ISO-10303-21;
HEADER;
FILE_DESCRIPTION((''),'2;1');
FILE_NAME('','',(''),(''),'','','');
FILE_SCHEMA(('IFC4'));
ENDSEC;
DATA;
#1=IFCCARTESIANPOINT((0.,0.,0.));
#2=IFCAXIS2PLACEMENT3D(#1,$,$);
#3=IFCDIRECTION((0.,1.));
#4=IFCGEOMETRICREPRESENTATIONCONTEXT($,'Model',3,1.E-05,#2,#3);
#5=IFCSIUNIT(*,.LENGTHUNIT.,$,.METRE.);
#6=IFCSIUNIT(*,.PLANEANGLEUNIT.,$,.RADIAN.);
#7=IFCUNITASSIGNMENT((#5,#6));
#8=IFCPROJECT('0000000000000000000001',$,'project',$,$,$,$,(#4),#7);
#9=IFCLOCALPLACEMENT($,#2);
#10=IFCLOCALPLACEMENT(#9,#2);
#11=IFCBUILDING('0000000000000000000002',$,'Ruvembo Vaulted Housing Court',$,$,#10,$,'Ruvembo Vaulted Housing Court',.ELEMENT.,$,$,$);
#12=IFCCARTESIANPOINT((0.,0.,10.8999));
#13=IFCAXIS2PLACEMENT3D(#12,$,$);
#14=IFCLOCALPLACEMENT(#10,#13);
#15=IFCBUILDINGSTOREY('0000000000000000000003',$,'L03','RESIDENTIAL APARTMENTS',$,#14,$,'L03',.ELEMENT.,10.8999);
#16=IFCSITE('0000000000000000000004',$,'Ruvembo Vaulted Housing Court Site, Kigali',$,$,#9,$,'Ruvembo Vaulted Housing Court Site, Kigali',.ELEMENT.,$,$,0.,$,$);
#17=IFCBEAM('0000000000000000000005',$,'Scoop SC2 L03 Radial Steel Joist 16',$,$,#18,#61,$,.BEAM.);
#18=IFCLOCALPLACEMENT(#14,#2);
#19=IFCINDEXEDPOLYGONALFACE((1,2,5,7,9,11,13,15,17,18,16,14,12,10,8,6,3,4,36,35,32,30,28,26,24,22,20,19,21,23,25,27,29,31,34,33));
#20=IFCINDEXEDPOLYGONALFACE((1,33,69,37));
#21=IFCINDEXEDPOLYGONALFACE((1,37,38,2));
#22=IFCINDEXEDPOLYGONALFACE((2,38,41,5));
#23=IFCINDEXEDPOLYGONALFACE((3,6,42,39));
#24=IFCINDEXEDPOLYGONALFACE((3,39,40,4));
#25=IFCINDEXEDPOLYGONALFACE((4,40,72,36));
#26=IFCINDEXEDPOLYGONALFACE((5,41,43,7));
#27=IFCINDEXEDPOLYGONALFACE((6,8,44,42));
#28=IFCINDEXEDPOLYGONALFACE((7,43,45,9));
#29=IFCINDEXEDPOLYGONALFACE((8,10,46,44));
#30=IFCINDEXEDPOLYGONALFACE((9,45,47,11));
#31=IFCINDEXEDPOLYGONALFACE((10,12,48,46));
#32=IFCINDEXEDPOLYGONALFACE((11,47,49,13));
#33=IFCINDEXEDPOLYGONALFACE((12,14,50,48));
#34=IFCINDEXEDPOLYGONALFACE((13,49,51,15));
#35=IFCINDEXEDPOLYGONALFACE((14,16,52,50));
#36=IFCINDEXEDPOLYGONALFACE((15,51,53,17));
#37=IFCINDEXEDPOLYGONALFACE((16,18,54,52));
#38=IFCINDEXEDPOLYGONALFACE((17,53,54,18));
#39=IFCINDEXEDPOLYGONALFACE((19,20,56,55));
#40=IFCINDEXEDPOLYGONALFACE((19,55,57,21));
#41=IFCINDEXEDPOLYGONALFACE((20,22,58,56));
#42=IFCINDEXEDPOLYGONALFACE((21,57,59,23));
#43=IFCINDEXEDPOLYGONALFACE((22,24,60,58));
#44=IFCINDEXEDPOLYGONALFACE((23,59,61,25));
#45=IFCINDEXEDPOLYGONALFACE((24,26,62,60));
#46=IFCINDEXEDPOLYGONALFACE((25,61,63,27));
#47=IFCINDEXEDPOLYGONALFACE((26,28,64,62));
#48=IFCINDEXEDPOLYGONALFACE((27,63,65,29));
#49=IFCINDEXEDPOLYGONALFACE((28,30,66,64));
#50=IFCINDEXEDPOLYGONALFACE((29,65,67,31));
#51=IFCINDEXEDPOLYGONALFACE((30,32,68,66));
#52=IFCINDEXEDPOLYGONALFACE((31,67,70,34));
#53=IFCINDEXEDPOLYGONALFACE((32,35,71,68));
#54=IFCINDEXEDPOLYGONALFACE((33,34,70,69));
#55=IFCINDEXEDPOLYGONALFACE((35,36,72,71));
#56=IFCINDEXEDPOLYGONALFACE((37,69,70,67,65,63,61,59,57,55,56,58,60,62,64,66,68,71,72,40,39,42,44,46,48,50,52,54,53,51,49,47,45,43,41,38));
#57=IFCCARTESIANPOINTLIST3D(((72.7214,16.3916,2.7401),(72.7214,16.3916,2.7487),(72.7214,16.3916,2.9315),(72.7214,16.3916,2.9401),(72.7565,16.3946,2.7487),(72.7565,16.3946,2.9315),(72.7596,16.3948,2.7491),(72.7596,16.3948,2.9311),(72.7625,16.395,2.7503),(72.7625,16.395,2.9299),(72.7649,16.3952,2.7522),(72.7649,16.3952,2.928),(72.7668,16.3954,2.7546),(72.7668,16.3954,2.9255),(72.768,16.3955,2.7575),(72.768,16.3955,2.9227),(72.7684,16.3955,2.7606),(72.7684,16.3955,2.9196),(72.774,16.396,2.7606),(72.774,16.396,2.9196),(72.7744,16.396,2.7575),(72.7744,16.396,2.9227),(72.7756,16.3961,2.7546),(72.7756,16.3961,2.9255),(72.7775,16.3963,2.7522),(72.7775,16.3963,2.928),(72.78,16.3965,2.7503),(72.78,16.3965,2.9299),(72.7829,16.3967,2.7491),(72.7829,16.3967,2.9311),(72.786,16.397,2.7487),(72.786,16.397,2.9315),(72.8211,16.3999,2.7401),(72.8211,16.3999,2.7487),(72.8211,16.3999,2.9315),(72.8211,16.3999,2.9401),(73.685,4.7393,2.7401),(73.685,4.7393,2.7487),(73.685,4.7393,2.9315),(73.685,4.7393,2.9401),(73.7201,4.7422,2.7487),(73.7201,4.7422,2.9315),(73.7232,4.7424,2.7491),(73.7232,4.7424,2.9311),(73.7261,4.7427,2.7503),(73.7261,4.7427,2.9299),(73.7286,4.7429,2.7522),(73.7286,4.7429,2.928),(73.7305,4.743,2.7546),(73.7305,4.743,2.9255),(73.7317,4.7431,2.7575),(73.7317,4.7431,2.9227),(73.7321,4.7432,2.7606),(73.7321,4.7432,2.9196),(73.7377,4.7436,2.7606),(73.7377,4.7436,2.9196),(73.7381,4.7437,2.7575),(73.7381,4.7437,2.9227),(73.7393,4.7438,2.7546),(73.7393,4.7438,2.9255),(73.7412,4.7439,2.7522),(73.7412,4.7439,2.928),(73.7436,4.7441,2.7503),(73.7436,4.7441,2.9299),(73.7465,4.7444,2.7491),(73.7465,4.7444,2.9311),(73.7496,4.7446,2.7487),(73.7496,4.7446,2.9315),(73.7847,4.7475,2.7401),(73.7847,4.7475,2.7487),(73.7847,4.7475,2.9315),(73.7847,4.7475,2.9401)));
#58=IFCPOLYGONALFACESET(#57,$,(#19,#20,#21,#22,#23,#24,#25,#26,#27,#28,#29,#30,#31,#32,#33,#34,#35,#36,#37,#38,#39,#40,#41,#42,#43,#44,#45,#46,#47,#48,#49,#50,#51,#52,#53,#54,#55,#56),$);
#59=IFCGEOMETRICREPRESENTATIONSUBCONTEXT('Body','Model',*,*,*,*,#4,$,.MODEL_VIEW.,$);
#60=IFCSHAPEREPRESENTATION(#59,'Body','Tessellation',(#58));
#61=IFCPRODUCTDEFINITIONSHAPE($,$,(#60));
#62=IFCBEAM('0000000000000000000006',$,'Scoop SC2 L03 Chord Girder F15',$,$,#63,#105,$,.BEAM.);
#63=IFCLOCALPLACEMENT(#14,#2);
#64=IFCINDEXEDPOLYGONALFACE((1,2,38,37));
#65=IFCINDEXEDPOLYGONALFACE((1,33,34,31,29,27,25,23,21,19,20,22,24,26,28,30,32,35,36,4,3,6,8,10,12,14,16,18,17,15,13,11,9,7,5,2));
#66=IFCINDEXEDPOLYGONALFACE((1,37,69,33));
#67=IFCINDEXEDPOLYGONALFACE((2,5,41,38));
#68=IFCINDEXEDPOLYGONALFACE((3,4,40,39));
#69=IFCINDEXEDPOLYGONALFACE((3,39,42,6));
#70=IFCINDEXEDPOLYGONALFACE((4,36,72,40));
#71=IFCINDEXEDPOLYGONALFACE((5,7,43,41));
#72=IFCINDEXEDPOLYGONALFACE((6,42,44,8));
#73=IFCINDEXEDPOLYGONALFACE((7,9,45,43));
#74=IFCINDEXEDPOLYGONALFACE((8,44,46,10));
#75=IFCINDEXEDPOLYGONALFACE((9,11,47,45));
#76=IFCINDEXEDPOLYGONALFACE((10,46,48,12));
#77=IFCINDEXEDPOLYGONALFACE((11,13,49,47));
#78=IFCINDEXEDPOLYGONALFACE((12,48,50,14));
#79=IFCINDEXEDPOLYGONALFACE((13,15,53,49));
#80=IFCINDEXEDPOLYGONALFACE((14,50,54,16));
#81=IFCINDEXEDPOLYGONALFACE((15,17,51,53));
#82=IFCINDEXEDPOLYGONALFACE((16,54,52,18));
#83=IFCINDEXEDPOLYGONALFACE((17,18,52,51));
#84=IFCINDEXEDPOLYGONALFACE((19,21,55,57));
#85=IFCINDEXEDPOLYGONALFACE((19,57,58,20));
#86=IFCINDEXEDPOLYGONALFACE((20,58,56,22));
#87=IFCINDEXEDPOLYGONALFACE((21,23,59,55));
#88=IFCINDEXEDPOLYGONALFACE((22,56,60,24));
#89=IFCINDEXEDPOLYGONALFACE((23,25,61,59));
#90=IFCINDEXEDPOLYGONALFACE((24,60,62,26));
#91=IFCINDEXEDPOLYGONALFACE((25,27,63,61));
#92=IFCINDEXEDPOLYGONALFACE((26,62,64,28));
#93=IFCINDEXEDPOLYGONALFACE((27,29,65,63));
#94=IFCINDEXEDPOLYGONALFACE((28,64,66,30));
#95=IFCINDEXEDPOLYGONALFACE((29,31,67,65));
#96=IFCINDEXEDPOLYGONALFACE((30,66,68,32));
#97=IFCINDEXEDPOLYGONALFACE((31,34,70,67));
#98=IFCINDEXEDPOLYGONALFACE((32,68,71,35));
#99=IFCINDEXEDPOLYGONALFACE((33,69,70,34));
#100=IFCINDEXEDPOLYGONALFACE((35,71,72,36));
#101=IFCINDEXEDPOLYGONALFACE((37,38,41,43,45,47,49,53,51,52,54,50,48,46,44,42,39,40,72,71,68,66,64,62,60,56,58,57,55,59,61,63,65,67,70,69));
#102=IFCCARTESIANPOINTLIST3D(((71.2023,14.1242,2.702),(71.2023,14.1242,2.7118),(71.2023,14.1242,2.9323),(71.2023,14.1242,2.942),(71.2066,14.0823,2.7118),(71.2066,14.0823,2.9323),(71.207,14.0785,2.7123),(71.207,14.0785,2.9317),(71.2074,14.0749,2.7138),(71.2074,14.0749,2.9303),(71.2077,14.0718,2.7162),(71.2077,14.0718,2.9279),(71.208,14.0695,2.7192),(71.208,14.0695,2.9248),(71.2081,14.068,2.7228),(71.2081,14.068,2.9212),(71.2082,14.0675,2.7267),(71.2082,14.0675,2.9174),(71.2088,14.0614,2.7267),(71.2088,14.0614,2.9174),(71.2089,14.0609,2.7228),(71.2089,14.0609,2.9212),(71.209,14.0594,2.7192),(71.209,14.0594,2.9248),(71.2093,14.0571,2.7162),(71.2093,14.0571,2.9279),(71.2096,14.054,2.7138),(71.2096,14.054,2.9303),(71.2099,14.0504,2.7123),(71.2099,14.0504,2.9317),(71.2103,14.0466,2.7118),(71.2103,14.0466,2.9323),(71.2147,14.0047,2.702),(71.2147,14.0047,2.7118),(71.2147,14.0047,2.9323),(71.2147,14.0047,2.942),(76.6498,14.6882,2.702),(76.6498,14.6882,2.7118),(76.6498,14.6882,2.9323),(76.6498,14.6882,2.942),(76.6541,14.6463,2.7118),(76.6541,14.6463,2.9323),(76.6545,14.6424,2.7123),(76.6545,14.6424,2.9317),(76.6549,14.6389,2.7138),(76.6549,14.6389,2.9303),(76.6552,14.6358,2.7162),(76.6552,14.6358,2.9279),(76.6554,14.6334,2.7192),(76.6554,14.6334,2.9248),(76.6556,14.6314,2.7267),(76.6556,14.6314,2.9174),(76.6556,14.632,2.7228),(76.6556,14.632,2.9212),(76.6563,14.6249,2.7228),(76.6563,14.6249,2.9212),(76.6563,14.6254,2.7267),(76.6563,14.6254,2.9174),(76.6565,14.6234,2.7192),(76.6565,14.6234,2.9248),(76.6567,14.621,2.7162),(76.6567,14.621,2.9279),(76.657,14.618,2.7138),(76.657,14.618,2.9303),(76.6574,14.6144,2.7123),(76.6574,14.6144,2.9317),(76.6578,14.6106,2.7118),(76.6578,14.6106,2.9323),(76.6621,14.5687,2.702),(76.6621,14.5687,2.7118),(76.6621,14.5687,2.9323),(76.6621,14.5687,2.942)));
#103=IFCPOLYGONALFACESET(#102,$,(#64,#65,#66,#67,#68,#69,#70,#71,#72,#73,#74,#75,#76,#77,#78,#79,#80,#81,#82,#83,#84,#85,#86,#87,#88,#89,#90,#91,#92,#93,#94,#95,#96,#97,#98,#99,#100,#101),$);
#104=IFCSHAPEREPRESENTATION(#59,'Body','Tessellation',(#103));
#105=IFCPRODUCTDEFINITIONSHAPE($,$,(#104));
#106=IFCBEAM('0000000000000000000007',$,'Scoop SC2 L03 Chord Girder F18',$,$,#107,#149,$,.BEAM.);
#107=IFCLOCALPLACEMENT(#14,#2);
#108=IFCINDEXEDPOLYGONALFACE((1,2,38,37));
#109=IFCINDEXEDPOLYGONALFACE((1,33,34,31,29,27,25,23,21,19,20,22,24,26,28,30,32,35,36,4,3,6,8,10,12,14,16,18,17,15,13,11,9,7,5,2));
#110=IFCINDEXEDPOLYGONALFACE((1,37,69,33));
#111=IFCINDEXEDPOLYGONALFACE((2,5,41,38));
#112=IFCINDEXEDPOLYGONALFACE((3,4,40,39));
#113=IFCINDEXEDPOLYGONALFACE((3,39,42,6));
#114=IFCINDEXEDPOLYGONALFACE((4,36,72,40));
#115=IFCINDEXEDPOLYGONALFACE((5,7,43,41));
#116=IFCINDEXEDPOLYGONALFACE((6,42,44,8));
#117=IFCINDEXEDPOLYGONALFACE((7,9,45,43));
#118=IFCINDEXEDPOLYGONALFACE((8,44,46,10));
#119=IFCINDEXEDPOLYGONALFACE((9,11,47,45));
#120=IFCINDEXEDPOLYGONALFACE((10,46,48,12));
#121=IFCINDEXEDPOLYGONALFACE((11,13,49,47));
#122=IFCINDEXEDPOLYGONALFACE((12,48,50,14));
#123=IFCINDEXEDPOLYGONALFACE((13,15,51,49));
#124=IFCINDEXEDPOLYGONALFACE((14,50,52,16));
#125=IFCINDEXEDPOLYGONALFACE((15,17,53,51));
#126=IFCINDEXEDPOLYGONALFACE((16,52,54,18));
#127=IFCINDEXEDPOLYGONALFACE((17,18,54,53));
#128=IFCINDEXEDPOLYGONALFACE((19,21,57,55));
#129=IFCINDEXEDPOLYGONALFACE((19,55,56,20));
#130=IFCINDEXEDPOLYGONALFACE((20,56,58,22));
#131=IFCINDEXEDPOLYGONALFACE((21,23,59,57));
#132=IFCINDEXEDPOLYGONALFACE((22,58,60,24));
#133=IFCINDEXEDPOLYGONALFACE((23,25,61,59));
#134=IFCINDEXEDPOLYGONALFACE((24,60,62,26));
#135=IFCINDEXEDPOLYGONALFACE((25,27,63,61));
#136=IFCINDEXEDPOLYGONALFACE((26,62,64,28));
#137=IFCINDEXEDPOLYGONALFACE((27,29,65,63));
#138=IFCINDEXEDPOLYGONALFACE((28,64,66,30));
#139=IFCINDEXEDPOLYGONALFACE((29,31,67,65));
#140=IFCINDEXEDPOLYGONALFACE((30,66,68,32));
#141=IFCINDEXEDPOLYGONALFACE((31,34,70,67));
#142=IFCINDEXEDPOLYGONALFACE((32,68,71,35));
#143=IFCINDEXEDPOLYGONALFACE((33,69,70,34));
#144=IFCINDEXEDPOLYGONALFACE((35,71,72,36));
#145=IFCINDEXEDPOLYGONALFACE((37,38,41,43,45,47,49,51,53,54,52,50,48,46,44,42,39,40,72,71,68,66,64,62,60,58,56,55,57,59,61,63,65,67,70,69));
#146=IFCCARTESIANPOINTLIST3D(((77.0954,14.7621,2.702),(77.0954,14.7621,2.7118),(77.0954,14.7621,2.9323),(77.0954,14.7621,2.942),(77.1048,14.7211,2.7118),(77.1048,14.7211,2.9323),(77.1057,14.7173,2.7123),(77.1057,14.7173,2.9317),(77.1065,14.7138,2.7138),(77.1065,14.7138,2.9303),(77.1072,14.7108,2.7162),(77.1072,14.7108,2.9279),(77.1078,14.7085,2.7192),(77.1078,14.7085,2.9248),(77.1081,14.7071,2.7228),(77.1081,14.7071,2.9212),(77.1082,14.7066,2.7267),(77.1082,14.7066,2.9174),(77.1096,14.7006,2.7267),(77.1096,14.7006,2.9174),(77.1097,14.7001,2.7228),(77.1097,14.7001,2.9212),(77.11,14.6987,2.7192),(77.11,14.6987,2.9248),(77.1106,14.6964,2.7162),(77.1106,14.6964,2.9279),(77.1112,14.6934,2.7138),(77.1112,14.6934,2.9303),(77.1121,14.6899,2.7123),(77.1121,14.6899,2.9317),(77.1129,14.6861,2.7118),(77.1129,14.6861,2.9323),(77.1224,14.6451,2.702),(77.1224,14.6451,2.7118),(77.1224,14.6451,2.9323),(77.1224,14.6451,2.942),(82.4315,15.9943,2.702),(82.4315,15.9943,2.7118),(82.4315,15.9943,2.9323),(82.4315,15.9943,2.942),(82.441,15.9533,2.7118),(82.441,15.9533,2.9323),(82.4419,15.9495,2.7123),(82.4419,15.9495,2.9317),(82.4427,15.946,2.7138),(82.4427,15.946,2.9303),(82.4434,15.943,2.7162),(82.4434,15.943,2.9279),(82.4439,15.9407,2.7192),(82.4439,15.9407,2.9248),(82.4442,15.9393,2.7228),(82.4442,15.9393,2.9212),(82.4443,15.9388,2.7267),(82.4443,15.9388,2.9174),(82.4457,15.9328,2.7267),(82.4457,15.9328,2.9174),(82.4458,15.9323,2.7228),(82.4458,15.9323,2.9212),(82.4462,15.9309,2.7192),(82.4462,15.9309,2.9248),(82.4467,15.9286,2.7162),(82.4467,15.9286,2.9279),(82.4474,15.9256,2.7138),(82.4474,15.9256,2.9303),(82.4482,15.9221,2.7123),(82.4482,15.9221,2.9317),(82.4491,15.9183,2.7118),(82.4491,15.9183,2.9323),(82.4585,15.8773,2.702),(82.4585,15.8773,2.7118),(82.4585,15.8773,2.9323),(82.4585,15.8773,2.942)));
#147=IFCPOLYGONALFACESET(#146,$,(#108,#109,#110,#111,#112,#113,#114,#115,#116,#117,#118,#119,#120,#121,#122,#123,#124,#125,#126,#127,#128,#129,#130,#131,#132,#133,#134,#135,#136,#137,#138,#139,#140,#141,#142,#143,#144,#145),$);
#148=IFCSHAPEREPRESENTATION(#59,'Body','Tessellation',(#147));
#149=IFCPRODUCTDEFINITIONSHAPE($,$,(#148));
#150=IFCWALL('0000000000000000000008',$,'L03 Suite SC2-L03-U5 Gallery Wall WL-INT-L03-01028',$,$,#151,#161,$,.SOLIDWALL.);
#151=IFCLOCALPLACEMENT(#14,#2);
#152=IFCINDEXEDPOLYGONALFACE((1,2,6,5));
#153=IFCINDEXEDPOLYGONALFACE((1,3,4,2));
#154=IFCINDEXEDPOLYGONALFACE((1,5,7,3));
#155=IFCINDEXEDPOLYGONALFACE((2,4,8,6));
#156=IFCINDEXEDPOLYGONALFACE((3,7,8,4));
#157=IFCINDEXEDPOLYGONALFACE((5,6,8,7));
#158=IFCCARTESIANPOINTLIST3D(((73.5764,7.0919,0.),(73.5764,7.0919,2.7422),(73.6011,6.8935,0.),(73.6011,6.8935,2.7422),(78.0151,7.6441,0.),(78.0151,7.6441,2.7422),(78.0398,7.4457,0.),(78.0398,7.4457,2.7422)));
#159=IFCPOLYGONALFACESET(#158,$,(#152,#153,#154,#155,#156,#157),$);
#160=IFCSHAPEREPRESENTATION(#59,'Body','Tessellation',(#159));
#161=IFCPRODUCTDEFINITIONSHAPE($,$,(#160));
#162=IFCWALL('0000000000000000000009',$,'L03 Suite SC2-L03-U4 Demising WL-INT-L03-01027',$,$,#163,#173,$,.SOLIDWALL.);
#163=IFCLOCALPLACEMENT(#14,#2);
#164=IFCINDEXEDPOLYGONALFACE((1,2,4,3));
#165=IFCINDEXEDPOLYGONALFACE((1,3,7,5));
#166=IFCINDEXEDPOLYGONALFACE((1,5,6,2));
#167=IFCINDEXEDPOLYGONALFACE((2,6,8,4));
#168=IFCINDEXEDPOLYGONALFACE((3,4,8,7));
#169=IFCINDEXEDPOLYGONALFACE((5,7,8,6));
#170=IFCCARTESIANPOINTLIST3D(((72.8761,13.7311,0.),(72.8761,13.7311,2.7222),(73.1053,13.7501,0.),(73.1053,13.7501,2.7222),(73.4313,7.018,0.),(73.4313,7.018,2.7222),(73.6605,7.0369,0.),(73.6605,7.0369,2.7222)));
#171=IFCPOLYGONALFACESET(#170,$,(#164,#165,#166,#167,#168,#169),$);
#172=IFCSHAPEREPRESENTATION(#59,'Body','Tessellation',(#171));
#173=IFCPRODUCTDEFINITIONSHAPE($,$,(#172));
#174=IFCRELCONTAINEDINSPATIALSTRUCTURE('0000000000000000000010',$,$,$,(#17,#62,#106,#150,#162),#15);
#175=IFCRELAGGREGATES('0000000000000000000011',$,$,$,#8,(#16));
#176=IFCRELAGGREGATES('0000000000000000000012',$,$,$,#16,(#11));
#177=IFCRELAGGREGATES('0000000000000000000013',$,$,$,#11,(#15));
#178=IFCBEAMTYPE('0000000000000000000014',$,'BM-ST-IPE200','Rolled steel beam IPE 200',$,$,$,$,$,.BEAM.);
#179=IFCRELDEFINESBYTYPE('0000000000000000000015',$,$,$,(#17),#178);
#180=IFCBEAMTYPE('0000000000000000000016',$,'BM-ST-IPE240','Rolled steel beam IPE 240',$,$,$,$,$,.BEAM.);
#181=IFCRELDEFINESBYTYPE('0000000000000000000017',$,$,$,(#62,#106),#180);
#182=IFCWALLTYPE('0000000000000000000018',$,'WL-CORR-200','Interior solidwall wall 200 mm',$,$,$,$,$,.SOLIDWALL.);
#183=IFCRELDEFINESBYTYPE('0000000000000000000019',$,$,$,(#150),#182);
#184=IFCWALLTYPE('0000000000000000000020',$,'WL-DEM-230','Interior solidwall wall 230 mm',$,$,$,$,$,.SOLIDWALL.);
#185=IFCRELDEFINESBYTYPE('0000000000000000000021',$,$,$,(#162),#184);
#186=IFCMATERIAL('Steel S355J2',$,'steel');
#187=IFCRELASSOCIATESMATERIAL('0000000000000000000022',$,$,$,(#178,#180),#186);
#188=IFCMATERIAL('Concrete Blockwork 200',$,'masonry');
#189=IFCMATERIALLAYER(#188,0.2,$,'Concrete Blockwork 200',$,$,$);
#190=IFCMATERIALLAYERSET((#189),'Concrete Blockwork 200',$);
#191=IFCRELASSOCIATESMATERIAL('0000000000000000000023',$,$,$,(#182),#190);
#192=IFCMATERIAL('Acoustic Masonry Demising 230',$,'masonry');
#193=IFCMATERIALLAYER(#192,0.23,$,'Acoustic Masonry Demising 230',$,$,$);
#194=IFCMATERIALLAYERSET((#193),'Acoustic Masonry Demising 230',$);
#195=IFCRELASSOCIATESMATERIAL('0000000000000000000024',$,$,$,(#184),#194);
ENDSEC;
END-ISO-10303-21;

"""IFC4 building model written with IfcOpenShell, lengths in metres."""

from ifc_helpers import new_model, si_unit, direction, frame, frame_2d, origin, origin_2d, place, context, subcontext, project, spatial, rectangle, i_section, extrude, material, layer, layer_set, material_profile, profile_set, type_object, element, save


model = new_model("IFC4")

# Units and contexts
model_context = context("Model", 3, precision=1e-05, world=origin(), true_north=direction((0.0, 1.0)))
body_context = subcontext(model_context, "Body", "Model", "MODEL_VIEW")
ifc_project = project(units=[si_unit("LENGTHUNIT", "METRE"), si_unit("PLANEANGLEUNIT", "RADIAN")], contexts=[model_context])

# Site, building, storey
site_placement = place(None, origin())
site = spatial("IfcSite", under=ifc_project, at=site_placement, Name="Ruvembo Vaulted Housing Court Site, Kigali", LongName="Ruvembo Vaulted Housing Court Site, Kigali", CompositionType="ELEMENT", RefElevation=0.0)
building_placement = place(site_placement, origin())
building = spatial("IfcBuilding", under=site, at=building_placement, Name="Ruvembo Vaulted Housing Court", LongName="Ruvembo Vaulted Housing Court", CompositionType="ELEMENT")
storey_placement = place(building_placement, frame((0.0, 0.0, 10.8999)))
storey = spatial("IfcBuildingStorey", under=building, at=storey_placement, Name="L03", Description="RESIDENTIAL APARTMENTS", LongName="L03", CompositionType="ELEMENT", Elevation=10.8999)

# Beams
ifc_material_1 = material(Name="Steel S355J2", Category="steel")
ifc_material_profile_1 = material_profile(ifc_material_1, i_section(OverallWidth=0.1001, OverallDepth=0.2, WebThickness=0.0056, FlangeThickness=0.0085, FilletRadius=0.012, at=origin_2d()), Name="IPE 200")
ifc_profile_set_1 = profile_set([ifc_material_profile_1], Name="Steel S355J2")
beam_type_1 = type_object("IfcBeamType", Name="BM-ST-IPE200", Description="Rolled steel beam IPE 200", PredefinedType="BEAM", material=ifc_profile_set_1)
beam_1_placement = place(storey_placement, frame((73.7349, 4.7434, 2.8401), z_axis=(-0.082416, 0.996598, 0.0), x_axis=(-0.996598, -0.082416, 0.0)))
element("IfcBeam", 1, at=beam_1_placement, inside=storey, type_object=beam_type_1, Name="Scoop SC2 L03 Radial Steel Joist 16", PredefinedType="BEAM", context=body_context, shape_type="SweptSolid", body=[
    extrude(i_section(OverallWidth=0.1001, OverallDepth=0.2, WebThickness=0.0056, FlangeThickness=0.0085, FilletRadius=0.012, at=origin_2d()), origin(), (0.0, 0.0, 1.0), 11.6921),
])
ifc_material_profile_2 = material_profile(ifc_material_1, i_section(OverallWidth=0.1201, OverallDepth=0.24, WebThickness=0.0061, FlangeThickness=0.0098, FilletRadius=0.0149, at=origin_2d()), Name="IPE 240")
ifc_profile_set_2 = profile_set([ifc_material_profile_2], Name="Steel S355J2")
beam_type_2 = type_object("IfcBeamType", Name="BM-ST-IPE240", Description="Rolled steel beam IPE 240", PredefinedType="BEAM", material=ifc_profile_set_2)
for number, where, z_axis, x_axis, name in (
    (2, (71.2085, 14.0645, 2.822), (0.994684, 0.102977, 0.0), (-0.102977, 0.994684, 0.0), "Scoop SC2 L03 Chord Girder F15"),
    (3, (77.1089, 14.7036, 2.822), (0.974361, 0.22499, 0.0), (-0.22499, 0.974361, 0.0), "Scoop SC2 L03 Chord Girder F18"),
):
    element("IfcBeam", number, at=place(storey_placement, frame(where, z_axis=z_axis, x_axis=x_axis)), inside=storey, type_object=beam_type_2, Name=name, PredefinedType="BEAM", context=body_context, shape_type="SweptSolid", body=[
        extrude(i_section(OverallWidth=0.1201, OverallDepth=0.24, WebThickness=0.0061, FlangeThickness=0.0098, FilletRadius=0.0149, at=origin_2d()), origin(), (0.0, 0.0, 1.0), 5.4766),
    ])

# Shared definitions
ifc_material_2 = material(Name="Concrete Blockwork 200", Category="masonry")
ifc_layer_1 = layer(ifc_material_2, 0.2, Name="Concrete Blockwork 200")
ifc_layer_set_1 = layer_set([ifc_layer_1], Name="Concrete Blockwork 200")
wall_type_1 = type_object("IfcWallType", Name="WL-CORR-200", Description="Interior solidwall wall 200 mm", PredefinedType="SOLIDWALL", material=ifc_layer_set_1)

# Wall
wall_1_placement = place(storey_placement, frame((73.5889, 6.9927, 0.0), z_axis=(0.0, 0.0, 1.0), x_axis=(0.992349, 0.123464, 0.0)))
element("IfcWall", 4, at=wall_1_placement, inside=storey, type_object=wall_type_1, Name="L03 Suite SC2-L03-U5 Gallery Wall WL-INT-L03-01028", PredefinedType="SOLIDWALL", context=body_context, shape_type="SweptSolid", body=[
    extrude(rectangle(XDim=4.4729, YDim=0.2, at=frame_2d((2.2363, 0.0))), origin(), (0.0, 0.0, 1.0), 2.7422),
])

# Wall
ifc_material_3 = material(Name="Acoustic Masonry Demising 230", Category="masonry")
ifc_layer_2 = layer(ifc_material_3, 0.23, Name="Acoustic Masonry Demising 230")
ifc_layer_set_2 = layer_set([ifc_layer_2], Name="Acoustic Masonry Demising 230")
wall_type_2 = type_object("IfcWallType", Name="WL-DEM-230", Description="Interior solidwall wall 230 mm", PredefinedType="SOLIDWALL", material=ifc_layer_set_2)
wall_2_placement = place(storey_placement, frame((72.9907, 13.7407, 0.0), z_axis=(0.0, 0.0, 1.0), x_axis=(0.082419, -0.996598, 0.0)))
element("IfcWall", 5, at=wall_2_placement, inside=storey, type_object=wall_type_2, Name="L03 Suite SC2-L03-U4 Demising WL-INT-L03-01027", PredefinedType="SOLIDWALL", context=body_context, shape_type="SweptSolid", body=[
    extrude(rectangle(XDim=6.7361, YDim=0.23, at=frame_2d((3.3682, 0.0))), origin(), (0.0, 0.0, 1.0), 2.7222),
])

save(model, "model.ifc")
